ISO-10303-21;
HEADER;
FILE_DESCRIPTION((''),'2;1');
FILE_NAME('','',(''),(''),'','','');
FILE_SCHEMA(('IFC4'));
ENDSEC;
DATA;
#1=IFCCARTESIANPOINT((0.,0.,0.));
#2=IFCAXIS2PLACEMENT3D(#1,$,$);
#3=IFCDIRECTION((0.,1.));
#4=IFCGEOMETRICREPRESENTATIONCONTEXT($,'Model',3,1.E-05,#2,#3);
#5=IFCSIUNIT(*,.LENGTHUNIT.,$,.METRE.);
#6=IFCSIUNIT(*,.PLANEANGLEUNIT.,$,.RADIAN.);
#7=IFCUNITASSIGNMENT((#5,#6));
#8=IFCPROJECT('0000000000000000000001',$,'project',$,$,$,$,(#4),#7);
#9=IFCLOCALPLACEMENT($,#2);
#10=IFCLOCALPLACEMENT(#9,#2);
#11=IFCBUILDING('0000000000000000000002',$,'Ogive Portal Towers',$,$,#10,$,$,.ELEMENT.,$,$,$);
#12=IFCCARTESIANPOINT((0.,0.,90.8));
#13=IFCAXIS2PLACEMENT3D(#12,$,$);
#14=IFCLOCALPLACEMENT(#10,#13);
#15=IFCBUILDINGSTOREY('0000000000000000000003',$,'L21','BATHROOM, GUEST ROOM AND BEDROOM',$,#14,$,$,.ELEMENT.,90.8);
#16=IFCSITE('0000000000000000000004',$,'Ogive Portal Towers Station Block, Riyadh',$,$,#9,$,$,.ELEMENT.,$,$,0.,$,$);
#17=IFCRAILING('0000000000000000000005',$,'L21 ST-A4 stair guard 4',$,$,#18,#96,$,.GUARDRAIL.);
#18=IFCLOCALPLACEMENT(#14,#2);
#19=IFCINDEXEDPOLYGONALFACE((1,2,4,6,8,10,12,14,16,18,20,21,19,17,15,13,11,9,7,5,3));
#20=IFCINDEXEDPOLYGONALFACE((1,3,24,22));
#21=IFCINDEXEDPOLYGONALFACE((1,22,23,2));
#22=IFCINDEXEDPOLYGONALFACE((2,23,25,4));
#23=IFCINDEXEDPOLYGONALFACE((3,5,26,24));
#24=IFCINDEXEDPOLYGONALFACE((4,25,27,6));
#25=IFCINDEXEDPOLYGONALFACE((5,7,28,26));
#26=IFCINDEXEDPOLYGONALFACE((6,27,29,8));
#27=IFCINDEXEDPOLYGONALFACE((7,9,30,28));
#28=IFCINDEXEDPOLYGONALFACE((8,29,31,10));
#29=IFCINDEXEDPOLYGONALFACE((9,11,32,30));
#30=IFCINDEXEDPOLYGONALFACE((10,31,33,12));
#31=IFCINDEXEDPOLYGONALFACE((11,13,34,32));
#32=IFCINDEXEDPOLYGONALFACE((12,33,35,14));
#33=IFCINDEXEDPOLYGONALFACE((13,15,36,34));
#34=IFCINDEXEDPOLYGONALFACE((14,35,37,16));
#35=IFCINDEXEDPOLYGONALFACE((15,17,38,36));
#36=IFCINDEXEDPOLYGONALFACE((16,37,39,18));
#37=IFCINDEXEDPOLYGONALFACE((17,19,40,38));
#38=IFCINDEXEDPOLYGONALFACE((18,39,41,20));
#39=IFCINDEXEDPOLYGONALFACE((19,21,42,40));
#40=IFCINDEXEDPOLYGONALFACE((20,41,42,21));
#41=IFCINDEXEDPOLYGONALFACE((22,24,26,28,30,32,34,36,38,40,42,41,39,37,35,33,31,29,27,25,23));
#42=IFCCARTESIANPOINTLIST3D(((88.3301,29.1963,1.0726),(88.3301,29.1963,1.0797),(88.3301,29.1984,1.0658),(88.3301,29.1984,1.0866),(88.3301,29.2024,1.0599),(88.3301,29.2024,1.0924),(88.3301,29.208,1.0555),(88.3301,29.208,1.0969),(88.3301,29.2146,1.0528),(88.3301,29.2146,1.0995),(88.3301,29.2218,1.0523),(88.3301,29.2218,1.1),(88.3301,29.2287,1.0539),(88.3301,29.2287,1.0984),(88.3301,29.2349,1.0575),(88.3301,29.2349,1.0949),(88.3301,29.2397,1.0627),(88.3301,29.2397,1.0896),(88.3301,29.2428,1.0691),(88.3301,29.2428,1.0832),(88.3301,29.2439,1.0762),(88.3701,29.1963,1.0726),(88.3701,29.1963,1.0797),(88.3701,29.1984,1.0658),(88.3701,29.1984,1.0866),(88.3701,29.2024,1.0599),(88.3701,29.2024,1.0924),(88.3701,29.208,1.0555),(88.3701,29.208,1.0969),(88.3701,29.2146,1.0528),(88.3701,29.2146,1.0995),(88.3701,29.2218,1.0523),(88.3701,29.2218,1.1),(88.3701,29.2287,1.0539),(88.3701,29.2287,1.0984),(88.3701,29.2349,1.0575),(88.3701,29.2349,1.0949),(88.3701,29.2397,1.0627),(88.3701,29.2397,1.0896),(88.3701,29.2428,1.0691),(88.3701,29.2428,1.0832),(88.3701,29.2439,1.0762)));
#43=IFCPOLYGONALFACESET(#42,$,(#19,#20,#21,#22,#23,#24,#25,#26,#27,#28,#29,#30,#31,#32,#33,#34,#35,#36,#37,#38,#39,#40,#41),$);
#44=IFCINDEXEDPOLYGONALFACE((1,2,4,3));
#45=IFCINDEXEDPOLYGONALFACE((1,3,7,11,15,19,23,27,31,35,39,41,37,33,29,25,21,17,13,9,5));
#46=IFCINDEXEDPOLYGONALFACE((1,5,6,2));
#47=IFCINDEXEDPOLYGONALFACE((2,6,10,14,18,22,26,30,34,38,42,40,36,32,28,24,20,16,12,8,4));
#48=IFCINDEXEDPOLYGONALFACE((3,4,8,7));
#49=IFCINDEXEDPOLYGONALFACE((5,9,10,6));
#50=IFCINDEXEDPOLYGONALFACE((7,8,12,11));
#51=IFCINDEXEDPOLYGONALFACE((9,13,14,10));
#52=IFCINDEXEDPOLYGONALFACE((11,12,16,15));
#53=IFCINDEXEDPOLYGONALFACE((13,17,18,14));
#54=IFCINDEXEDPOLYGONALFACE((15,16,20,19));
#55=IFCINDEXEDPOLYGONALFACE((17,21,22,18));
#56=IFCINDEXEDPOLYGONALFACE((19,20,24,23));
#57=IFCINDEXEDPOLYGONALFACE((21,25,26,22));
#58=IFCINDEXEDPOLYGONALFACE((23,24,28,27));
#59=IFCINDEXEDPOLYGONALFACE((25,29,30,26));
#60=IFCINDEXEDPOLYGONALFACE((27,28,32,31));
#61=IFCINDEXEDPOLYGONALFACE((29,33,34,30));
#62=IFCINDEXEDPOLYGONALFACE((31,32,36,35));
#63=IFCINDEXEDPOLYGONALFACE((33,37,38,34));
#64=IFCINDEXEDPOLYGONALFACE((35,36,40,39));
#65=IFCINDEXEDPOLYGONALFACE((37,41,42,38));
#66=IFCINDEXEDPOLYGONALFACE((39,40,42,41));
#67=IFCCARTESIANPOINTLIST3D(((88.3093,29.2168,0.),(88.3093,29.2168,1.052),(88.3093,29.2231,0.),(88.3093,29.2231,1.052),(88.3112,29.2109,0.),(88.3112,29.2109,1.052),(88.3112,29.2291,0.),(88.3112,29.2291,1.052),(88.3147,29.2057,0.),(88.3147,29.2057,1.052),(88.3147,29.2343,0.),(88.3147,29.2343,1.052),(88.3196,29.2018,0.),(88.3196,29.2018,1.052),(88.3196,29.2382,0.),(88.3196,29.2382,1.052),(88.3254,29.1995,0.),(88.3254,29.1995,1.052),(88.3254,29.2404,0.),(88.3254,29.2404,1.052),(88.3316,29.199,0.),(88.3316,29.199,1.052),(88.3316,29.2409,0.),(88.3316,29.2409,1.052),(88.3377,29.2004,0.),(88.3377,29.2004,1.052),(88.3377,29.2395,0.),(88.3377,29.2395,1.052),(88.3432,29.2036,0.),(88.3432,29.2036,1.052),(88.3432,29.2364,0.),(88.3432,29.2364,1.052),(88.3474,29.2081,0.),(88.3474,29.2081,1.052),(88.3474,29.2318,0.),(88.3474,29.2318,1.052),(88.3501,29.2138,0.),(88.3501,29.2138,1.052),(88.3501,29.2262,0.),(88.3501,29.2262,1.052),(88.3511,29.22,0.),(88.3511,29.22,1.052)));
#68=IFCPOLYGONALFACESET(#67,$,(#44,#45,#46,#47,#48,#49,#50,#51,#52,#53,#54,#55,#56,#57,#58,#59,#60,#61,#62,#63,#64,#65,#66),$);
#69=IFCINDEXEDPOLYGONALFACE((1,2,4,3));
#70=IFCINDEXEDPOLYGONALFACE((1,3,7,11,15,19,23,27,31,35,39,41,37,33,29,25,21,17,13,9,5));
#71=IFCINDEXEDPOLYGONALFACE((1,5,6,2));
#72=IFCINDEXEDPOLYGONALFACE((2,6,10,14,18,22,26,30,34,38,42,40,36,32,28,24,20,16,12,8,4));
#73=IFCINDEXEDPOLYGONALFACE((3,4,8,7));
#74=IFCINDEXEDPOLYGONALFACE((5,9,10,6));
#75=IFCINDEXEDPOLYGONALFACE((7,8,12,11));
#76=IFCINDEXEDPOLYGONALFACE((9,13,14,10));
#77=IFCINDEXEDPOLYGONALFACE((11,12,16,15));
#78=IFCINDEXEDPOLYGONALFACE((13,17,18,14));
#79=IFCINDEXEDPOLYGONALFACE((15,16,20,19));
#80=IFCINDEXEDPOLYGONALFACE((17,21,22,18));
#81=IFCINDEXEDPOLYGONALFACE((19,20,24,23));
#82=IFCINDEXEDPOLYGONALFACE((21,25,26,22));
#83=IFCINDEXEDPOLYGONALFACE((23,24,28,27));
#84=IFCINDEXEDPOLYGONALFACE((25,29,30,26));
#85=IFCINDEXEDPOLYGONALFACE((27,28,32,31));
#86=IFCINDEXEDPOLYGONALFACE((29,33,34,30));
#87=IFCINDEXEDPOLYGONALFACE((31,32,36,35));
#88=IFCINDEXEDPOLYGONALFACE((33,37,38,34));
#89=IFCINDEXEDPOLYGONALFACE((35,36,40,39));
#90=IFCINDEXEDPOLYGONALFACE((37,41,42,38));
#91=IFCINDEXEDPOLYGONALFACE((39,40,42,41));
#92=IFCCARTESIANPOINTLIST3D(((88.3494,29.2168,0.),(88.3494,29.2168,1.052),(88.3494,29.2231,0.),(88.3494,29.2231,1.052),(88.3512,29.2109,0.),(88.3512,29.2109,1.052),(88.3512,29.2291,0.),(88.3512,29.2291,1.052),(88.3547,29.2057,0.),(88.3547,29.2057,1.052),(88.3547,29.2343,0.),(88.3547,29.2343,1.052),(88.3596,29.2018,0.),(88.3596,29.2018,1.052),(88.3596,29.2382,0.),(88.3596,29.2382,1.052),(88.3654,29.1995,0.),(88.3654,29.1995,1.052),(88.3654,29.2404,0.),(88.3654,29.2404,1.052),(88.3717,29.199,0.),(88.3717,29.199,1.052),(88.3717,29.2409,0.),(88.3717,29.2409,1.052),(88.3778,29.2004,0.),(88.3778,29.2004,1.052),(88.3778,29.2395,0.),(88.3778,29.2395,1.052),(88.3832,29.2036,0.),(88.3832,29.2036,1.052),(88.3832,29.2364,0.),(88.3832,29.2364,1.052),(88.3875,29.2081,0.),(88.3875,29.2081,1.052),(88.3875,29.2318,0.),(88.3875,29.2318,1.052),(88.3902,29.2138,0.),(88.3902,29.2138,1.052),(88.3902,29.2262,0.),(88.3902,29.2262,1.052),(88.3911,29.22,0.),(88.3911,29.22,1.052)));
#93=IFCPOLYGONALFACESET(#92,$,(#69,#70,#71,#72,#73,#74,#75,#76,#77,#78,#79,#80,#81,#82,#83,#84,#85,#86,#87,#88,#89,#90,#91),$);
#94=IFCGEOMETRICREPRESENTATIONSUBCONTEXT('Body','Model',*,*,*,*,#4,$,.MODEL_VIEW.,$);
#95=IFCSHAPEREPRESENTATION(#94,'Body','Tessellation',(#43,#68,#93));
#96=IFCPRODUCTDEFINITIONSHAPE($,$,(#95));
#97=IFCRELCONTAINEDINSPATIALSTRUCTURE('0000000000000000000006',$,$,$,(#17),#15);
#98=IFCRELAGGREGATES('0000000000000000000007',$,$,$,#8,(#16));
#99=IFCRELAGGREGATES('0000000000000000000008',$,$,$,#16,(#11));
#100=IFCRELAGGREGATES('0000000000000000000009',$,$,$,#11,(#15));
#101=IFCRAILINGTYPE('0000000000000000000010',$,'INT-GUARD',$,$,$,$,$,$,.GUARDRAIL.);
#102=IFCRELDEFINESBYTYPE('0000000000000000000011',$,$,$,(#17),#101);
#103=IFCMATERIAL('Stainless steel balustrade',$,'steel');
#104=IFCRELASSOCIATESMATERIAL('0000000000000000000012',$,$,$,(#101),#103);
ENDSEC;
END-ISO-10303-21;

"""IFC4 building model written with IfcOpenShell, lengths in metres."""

from ifc_helpers import new_model, si_unit, direction, frame, origin, origin_2d, place, context, subcontext, project, spatial, circle, extrude, material, type_object, element, save


model = new_model("IFC4")

# Units and contexts
model_context = context("Model", 3, precision=1e-05, world=origin(), true_north=direction((0.0, 1.0)))
body_context = subcontext(model_context, "Body", "Model", "MODEL_VIEW")
ifc_project = project(units=[si_unit("LENGTHUNIT", "METRE"), si_unit("PLANEANGLEUNIT", "RADIAN")], contexts=[model_context])

# Site, building, storey
site_placement = place(None, origin())
site = spatial("IfcSite", under=ifc_project, at=site_placement, Name="Ogive Portal Towers Station Block, Riyadh", CompositionType="ELEMENT", RefElevation=0.0)
building_placement = place(site_placement, origin())
building = spatial("IfcBuilding", under=site, at=building_placement, Name="Ogive Portal Towers", CompositionType="ELEMENT")
storey_placement = place(building_placement, frame((0.0, 0.0, 90.8)))
storey = spatial("IfcBuildingStorey", under=building, at=storey_placement, Name="L21", Description="BATHROOM, GUEST ROOM AND BEDROOM", CompositionType="ELEMENT", Elevation=90.8)

# Railing
ifc_material_1 = material(Name="Stainless steel balustrade", Category="steel")
railing_type_1 = type_object("IfcRailingType", Name="INT-GUARD", PredefinedType="GUARDRAIL", material=ifc_material_1)
railing_1_placement = place(storey_placement, frame((88.3301, 29.22, 0.0)))
element("IfcRailing", 1, at=railing_1_placement, inside=storey, type_object=railing_type_1, Name="L21 ST-A4 stair guard 4", PredefinedType="GUARDRAIL", context=body_context, shape_type="SweptSolid", body=[
    extrude(circle(Radius=0.0239, at=origin_2d()), frame((0.0, 0.0, 1.0762), z_axis=(1.0, 0.0, 0.0), x_axis=(0.0, 1.0, 0.0)), (0.0, 0.0, 1.0), 0.04),
    extrude(circle(Radius=0.021, at=origin_2d()), origin(), (0.0, 0.0, 1.0), 1.052),
    extrude(circle(Radius=0.021, at=origin_2d()), frame((0.04, 0.0, 0.0)), (0.0, 0.0, 1.0), 1.052),
])

save(model, "model.ifc")
